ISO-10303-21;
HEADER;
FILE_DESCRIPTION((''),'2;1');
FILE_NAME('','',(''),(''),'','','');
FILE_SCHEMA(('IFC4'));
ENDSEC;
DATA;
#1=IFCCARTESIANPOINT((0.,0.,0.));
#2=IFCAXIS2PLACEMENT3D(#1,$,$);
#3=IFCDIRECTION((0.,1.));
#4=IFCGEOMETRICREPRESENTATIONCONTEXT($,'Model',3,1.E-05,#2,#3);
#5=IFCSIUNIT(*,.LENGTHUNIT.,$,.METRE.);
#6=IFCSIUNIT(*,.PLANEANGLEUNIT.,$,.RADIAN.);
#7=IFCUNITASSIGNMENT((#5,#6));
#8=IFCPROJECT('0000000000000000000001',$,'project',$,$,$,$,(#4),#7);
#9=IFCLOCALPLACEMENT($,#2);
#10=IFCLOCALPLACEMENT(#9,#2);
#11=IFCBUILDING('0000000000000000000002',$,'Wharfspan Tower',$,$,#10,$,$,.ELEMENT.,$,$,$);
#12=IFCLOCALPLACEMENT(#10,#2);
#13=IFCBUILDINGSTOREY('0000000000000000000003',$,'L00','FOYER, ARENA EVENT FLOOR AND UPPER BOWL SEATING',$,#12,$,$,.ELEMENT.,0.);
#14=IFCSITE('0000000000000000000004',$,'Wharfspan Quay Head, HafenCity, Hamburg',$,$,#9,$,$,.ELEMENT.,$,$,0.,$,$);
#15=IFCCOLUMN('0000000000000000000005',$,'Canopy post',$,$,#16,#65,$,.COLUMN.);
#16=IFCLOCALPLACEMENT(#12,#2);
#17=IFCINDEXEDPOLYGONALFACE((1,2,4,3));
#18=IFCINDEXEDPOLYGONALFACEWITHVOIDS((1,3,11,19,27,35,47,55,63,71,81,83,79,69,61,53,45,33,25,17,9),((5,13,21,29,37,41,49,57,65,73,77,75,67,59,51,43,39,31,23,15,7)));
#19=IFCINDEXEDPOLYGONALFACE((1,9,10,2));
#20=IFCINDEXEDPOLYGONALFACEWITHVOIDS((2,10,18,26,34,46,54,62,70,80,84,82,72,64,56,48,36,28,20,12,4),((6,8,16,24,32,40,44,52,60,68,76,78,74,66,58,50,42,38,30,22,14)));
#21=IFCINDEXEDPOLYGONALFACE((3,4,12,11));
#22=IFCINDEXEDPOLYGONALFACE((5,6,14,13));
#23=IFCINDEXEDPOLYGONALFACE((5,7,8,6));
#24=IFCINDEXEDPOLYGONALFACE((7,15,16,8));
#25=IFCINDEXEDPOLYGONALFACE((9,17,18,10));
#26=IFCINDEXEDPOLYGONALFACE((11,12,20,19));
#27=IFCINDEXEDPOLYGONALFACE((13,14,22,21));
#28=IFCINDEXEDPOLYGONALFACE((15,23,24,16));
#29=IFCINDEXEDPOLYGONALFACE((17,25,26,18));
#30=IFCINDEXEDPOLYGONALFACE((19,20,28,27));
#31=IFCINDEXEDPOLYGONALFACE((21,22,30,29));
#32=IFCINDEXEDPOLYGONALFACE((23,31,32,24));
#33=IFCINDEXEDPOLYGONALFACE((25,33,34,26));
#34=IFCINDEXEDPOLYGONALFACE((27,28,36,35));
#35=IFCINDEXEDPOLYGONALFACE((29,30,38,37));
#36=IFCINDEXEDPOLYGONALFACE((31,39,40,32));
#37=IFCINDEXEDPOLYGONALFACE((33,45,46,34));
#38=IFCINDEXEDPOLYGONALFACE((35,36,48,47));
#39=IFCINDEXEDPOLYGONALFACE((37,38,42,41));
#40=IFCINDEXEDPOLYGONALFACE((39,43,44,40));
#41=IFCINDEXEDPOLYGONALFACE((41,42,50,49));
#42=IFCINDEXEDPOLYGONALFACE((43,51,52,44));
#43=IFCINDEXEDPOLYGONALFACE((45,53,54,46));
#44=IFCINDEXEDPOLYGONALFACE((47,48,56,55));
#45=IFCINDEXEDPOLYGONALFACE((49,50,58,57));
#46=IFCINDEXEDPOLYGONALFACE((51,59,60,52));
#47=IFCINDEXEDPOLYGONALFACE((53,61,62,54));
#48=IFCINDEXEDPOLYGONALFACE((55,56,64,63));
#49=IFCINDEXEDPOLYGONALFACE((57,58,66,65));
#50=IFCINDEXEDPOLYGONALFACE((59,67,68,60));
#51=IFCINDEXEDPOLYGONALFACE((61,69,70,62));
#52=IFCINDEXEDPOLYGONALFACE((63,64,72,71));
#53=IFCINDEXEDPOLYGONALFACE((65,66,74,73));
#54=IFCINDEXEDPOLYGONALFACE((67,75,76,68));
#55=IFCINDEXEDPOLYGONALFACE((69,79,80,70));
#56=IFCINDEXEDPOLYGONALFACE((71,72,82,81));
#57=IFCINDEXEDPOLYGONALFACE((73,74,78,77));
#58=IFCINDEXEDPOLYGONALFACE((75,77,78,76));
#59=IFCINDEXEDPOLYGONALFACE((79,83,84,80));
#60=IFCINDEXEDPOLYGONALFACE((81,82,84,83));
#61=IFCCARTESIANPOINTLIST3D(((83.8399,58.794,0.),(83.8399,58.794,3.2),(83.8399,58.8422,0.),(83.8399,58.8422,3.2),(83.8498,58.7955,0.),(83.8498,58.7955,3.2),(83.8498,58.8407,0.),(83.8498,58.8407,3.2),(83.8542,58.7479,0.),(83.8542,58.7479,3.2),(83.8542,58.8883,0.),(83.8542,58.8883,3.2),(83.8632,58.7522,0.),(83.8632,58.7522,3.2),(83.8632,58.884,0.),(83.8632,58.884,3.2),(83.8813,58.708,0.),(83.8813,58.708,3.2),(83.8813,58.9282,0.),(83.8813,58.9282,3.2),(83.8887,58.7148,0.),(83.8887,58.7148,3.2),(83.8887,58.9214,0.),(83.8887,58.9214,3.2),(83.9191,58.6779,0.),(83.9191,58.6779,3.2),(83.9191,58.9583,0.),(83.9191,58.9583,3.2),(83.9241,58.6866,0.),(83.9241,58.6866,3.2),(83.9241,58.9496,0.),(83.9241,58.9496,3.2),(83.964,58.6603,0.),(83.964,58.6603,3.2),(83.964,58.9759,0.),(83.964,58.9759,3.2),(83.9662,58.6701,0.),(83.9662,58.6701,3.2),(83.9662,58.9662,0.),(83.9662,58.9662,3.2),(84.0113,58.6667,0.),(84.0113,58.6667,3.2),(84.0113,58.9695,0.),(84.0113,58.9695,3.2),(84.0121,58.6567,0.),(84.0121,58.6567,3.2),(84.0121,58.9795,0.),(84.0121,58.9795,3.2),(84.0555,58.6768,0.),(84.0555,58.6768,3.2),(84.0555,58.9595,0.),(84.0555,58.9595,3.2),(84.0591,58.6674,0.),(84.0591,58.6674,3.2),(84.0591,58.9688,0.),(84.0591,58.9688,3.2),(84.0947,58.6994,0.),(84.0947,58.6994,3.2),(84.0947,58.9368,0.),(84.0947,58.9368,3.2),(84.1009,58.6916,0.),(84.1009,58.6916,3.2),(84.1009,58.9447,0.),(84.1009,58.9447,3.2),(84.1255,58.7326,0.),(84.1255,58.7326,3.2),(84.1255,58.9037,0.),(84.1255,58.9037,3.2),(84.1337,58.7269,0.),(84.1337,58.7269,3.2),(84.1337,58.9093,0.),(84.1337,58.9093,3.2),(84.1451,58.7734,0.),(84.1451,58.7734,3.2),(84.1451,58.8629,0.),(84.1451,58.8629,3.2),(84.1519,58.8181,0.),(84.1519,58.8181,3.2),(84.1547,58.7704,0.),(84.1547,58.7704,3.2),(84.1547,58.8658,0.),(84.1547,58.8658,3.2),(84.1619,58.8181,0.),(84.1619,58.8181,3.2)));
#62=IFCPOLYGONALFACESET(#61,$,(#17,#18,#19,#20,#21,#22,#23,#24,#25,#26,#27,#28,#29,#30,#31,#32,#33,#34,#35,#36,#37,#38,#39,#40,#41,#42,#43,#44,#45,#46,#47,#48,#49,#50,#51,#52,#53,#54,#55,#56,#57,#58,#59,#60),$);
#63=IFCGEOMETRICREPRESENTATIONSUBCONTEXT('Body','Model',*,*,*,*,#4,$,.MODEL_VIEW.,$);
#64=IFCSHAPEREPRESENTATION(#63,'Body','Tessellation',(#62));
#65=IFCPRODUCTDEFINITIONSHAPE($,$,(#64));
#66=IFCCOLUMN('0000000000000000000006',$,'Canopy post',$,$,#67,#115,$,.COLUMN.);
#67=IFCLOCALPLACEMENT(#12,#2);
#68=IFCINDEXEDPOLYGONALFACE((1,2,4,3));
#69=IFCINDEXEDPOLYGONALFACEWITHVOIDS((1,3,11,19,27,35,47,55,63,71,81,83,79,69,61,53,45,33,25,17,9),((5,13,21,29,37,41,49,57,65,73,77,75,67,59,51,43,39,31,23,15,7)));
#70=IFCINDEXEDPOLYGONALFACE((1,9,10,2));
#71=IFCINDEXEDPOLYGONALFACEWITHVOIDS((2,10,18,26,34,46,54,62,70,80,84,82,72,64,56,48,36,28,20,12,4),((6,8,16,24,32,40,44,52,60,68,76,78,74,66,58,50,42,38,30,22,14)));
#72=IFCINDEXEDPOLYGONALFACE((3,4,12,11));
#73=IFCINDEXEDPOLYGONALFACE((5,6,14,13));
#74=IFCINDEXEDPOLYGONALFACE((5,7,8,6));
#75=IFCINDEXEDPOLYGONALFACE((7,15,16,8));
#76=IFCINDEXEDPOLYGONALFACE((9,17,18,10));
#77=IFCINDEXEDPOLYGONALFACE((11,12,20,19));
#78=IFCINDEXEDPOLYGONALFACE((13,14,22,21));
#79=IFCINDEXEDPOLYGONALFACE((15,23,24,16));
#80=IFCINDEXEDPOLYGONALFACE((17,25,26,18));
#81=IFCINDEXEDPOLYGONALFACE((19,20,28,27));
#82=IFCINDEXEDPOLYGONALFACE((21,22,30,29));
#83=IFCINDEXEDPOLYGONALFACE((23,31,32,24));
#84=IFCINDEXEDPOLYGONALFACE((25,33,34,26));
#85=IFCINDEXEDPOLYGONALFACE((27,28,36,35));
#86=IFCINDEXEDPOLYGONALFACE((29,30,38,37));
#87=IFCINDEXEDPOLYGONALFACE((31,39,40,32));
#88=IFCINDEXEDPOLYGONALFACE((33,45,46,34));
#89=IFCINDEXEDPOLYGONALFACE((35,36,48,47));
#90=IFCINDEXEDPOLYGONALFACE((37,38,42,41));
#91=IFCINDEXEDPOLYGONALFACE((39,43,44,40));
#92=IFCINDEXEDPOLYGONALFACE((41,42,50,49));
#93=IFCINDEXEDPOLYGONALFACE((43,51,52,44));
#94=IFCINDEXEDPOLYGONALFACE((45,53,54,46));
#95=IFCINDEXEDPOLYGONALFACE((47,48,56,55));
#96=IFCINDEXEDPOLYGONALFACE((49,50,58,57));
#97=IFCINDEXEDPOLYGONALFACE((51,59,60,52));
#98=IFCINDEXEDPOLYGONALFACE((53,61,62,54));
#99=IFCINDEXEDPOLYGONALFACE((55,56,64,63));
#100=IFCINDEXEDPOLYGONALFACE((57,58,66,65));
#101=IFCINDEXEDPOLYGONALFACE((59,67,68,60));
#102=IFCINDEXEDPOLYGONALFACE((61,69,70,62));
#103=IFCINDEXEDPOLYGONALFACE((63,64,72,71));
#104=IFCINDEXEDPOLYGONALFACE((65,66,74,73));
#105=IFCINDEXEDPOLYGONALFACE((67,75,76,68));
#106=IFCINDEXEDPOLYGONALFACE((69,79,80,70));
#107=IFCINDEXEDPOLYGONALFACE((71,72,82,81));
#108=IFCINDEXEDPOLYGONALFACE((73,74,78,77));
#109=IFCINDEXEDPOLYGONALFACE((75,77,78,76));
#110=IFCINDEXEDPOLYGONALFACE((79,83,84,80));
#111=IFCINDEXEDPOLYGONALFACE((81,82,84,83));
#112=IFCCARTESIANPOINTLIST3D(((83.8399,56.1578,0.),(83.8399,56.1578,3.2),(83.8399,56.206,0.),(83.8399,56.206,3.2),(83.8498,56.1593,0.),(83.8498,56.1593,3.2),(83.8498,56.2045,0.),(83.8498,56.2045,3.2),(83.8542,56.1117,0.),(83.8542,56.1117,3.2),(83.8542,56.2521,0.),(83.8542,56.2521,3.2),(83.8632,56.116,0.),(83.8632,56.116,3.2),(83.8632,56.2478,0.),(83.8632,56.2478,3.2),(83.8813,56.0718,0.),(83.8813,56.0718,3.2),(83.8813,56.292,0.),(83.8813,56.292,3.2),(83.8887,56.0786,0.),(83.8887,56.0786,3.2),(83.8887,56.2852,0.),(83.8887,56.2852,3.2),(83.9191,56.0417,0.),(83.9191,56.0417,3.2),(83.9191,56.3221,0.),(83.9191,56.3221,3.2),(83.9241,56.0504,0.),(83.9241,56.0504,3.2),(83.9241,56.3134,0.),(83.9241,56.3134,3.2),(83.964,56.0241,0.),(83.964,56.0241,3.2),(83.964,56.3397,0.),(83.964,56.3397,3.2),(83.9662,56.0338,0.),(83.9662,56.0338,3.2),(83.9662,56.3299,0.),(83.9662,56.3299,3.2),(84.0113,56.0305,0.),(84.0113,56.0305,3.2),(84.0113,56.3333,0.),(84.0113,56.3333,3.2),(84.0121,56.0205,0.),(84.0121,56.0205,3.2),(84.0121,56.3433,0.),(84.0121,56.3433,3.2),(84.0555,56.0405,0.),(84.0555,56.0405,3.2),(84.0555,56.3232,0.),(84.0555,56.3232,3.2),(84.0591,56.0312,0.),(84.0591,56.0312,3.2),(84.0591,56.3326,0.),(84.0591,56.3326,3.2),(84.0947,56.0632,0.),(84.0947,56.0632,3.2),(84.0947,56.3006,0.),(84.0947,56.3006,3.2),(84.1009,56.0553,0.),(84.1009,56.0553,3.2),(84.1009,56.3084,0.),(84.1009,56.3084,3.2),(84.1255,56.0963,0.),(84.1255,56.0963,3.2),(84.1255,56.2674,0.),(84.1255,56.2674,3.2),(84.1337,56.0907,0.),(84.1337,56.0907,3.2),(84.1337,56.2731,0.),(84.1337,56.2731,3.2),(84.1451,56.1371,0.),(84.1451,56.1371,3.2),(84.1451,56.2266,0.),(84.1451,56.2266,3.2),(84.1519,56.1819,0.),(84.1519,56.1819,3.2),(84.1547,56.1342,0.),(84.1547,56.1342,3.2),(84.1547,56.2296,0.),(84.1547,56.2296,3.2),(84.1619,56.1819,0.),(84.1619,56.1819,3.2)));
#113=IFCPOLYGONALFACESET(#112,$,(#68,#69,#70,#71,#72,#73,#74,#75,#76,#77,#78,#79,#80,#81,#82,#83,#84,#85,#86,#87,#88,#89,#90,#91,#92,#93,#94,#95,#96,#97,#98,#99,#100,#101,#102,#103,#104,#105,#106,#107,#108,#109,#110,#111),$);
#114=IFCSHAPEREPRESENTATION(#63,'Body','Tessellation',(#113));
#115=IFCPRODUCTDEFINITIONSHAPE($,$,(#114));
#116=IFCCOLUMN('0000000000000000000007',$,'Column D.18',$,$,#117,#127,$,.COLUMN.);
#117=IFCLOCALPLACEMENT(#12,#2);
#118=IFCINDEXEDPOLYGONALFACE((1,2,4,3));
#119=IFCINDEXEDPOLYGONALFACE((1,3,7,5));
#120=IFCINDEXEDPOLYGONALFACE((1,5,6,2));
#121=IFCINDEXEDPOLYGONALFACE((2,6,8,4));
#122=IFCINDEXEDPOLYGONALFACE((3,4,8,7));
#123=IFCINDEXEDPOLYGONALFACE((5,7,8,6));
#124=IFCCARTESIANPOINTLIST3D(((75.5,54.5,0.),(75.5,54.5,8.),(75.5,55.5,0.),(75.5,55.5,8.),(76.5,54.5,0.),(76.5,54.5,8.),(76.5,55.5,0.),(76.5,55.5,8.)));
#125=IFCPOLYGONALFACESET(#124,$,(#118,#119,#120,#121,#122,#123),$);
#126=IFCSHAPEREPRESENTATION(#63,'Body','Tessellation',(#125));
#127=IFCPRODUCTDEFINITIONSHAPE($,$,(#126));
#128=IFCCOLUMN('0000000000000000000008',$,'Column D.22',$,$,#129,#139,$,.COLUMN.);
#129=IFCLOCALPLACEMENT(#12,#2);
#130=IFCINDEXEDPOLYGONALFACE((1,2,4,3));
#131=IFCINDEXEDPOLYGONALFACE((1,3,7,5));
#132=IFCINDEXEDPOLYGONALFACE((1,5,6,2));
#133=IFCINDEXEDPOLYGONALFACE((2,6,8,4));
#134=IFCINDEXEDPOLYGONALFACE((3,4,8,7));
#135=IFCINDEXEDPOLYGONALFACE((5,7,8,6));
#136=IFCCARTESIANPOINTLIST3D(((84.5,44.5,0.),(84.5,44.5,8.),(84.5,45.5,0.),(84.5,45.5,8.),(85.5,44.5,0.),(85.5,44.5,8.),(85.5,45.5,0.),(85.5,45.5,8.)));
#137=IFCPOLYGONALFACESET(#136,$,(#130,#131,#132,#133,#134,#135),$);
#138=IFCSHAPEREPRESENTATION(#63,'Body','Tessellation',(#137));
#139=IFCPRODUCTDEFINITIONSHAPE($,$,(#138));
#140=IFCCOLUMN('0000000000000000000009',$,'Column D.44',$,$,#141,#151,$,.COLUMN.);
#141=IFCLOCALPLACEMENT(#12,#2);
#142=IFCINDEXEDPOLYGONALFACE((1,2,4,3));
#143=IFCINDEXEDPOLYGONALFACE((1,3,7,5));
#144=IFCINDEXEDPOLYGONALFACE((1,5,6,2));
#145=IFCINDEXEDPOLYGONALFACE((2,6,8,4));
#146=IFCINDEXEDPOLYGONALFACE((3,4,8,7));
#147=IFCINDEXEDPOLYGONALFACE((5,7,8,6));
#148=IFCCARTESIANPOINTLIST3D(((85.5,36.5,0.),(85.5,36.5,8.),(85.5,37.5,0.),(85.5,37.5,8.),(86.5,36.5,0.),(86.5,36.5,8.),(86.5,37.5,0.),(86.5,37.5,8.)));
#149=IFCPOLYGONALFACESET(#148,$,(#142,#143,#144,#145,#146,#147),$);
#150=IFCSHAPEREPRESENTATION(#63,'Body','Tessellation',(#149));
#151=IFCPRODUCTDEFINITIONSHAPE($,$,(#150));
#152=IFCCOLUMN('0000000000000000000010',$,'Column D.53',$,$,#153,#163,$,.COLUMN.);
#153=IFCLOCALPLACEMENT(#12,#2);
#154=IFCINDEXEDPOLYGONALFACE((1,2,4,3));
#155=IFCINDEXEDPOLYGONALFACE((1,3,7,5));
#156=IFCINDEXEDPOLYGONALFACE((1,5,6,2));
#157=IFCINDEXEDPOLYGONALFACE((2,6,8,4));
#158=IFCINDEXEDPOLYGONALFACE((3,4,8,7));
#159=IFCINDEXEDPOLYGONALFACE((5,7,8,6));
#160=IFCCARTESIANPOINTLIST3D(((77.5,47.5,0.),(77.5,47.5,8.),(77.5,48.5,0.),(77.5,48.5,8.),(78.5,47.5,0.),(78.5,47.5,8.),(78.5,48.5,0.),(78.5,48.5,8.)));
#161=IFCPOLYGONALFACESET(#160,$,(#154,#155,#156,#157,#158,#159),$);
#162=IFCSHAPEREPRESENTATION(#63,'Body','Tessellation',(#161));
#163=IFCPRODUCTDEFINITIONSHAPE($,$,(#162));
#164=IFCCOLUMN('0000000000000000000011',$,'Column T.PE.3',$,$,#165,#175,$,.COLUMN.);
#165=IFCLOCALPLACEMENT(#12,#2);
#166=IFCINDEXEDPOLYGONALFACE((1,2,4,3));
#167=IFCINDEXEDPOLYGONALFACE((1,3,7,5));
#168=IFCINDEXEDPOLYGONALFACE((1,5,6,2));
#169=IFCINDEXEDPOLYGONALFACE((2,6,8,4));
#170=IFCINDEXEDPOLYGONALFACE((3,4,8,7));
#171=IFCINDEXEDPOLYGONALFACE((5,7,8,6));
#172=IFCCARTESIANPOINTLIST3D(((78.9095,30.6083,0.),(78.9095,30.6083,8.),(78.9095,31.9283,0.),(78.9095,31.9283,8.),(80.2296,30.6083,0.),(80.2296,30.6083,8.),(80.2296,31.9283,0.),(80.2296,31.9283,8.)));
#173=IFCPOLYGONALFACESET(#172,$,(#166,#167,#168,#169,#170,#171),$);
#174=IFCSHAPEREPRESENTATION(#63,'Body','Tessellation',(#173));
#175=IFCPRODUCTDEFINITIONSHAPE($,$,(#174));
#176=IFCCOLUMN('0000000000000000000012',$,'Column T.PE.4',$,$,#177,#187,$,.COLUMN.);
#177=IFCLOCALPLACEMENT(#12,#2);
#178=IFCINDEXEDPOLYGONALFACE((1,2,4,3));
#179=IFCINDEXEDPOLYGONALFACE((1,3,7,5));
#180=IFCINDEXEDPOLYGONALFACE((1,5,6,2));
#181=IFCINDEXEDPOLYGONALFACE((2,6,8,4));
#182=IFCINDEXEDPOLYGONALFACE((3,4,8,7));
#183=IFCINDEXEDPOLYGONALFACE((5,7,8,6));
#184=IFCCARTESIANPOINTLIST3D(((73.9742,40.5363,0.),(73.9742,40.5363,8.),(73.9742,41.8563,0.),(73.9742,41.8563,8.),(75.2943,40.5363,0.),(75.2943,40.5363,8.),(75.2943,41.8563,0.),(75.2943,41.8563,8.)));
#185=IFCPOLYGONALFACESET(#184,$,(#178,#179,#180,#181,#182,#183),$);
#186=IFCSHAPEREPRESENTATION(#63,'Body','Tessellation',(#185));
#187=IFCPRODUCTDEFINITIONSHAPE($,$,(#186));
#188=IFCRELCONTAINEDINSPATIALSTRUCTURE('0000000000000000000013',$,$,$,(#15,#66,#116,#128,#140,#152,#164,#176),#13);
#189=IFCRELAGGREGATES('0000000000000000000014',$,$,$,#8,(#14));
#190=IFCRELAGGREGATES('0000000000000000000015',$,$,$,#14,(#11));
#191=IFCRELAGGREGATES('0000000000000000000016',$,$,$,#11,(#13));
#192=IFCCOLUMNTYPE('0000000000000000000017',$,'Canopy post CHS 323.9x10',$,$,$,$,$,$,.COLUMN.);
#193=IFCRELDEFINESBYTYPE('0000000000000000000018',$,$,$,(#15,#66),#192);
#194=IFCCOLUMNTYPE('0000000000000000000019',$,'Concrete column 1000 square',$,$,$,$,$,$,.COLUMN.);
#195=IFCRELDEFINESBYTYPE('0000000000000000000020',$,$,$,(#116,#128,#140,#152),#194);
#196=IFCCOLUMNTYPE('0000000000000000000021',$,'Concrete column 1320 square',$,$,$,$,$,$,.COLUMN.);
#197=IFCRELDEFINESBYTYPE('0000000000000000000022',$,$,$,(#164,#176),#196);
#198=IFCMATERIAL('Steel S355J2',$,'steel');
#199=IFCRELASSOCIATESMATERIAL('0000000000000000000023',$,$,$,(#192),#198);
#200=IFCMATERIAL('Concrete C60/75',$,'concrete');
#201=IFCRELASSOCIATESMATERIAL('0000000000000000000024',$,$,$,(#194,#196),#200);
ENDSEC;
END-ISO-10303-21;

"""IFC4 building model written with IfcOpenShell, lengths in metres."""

from ifc_helpers import new_model, si_unit, direction, frame, origin, origin_2d, place, context, subcontext, project, spatial, rectangle, hollow_circle, extrude, material, material_profile, profile_set, type_object, element, save


model = new_model("IFC4")

# Units and contexts
model_context = context("Model", 3, precision=1e-05, world=origin(), true_north=direction((0.0, 1.0)))
body_context = subcontext(model_context, "Body", "Model", "MODEL_VIEW")
ifc_project = project(units=[si_unit("LENGTHUNIT", "METRE"), si_unit("PLANEANGLEUNIT", "RADIAN")], contexts=[model_context])

# Site, building, storey
site_placement = place(None, origin())
site = spatial("IfcSite", under=ifc_project, at=site_placement, Name="Wharfspan Quay Head, HafenCity, Hamburg", CompositionType="ELEMENT", RefElevation=0.0)
building_placement = place(site_placement, origin())
building = spatial("IfcBuilding", under=site, at=building_placement, Name="Wharfspan Tower", CompositionType="ELEMENT")
storey_placement = place(building_placement, origin())
storey = spatial("IfcBuildingStorey", under=building, at=storey_placement, Name="L00", Description="FOYER, ARENA EVENT FLOOR AND UPPER BOWL SEATING", CompositionType="ELEMENT", Elevation=0.0)

# Columns
ifc_material_1 = material(Name="Steel S355J2", Category="steel")
ifc_material_profile_1 = material_profile(ifc_material_1, hollow_circle(Radius=0.1619, WallThickness=0.01, at=origin_2d()))
ifc_profile_set_1 = profile_set([ifc_material_profile_1], Name="Steel S355J2")
column_type_1 = type_object("IfcColumnType", Name="Canopy post CHS 323.9x10", PredefinedType="COLUMN", material=ifc_profile_set_1)
for number, where, z_axis, x_axis, name in (
    (1, (84.0, 58.8181, 0.0), (0.0, 0.0, 1.0), (1.0, 0.0, 0.0), "Canopy post"),
    (2, (84.0, 56.1819, 0.0), (0.0, 0.0, 1.0), (1.0, 0.0, 0.0), "Canopy post"),
):
    element("IfcColumn", number, at=place(storey_placement, frame(where, z_axis=z_axis, x_axis=x_axis)), inside=storey, type_object=column_type_1, Name=name, PredefinedType="COLUMN", context=body_context, shape_type="SweptSolid", body=[
        extrude(hollow_circle(Radius=0.1619, WallThickness=0.01, at=origin_2d()), origin(), (0.0, 0.0, 1.0), 3.2),
    ])
ifc_material_2 = material(Name="Concrete C60/75", Category="concrete")
ifc_material_profile_2 = material_profile(ifc_material_2, rectangle(XDim=1.0, YDim=1.0, at=origin_2d()))
ifc_profile_set_2 = profile_set([ifc_material_profile_2], Name="Concrete C60/75")
column_type_2 = type_object("IfcColumnType", Name="Concrete column 1000 square", PredefinedType="COLUMN", material=ifc_profile_set_2)
for number, where, z_axis, x_axis, name in (
    (3, (76.0, 55.0, 0.0), (0.0, 0.0, 1.0), (1.0, 0.0, 0.0), "Column D.18"),
    (4, (85.0, 45.0, 0.0), (0.0, 0.0, 1.0), (1.0, 0.0, 0.0), "Column D.22"),
    (5, (86.0, 37.0, 0.0), (0.0, 0.0, 1.0), (1.0, 0.0, 0.0), "Column D.44"),
    (6, (78.0, 48.0, 0.0), (0.0, 0.0, 1.0), (1.0, 0.0, 0.0), "Column D.53"),
):
    element("IfcColumn", number, at=place(storey_placement, frame(where, z_axis=z_axis, x_axis=x_axis)), inside=storey, type_object=column_type_2, Name=name, PredefinedType="COLUMN", context=body_context, shape_type="SweptSolid", body=[
        extrude(rectangle(XDim=1.0, YDim=1.0, at=origin_2d()), origin(), (0.0, 0.0, 1.0), 8.0),
    ])
ifc_material_profile_3 = material_profile(ifc_material_2, rectangle(XDim=1.3201, YDim=1.3201, at=origin_2d()))
ifc_profile_set_3 = profile_set([ifc_material_profile_3], Name="Concrete C60/75")
column_type_3 = type_object("IfcColumnType", Name="Concrete column 1320 square", PredefinedType="COLUMN", material=ifc_profile_set_3)
for number, where, z_axis, x_axis, name in (
    (7, (79.5696, 31.2683, 0.0), (0.0, 0.0, 1.0), (1.0, 0.0, 0.0), "Column T.PE.3"),
    (8, (74.6343, 41.1963, 0.0), (0.0, 0.0, 1.0), (1.0, 0.0, 0.0), "Column T.PE.4"),
):
    element("IfcColumn", number, at=place(storey_placement, frame(where, z_axis=z_axis, x_axis=x_axis)), inside=storey, type_object=column_type_3, Name=name, PredefinedType="COLUMN", context=body_context, shape_type="SweptSolid", body=[
        extrude(rectangle(XDim=1.3201, YDim=1.3201, at=origin_2d()), origin(), (0.0, 0.0, 1.0), 8.0),
    ])

save(model, "model.ifc")
